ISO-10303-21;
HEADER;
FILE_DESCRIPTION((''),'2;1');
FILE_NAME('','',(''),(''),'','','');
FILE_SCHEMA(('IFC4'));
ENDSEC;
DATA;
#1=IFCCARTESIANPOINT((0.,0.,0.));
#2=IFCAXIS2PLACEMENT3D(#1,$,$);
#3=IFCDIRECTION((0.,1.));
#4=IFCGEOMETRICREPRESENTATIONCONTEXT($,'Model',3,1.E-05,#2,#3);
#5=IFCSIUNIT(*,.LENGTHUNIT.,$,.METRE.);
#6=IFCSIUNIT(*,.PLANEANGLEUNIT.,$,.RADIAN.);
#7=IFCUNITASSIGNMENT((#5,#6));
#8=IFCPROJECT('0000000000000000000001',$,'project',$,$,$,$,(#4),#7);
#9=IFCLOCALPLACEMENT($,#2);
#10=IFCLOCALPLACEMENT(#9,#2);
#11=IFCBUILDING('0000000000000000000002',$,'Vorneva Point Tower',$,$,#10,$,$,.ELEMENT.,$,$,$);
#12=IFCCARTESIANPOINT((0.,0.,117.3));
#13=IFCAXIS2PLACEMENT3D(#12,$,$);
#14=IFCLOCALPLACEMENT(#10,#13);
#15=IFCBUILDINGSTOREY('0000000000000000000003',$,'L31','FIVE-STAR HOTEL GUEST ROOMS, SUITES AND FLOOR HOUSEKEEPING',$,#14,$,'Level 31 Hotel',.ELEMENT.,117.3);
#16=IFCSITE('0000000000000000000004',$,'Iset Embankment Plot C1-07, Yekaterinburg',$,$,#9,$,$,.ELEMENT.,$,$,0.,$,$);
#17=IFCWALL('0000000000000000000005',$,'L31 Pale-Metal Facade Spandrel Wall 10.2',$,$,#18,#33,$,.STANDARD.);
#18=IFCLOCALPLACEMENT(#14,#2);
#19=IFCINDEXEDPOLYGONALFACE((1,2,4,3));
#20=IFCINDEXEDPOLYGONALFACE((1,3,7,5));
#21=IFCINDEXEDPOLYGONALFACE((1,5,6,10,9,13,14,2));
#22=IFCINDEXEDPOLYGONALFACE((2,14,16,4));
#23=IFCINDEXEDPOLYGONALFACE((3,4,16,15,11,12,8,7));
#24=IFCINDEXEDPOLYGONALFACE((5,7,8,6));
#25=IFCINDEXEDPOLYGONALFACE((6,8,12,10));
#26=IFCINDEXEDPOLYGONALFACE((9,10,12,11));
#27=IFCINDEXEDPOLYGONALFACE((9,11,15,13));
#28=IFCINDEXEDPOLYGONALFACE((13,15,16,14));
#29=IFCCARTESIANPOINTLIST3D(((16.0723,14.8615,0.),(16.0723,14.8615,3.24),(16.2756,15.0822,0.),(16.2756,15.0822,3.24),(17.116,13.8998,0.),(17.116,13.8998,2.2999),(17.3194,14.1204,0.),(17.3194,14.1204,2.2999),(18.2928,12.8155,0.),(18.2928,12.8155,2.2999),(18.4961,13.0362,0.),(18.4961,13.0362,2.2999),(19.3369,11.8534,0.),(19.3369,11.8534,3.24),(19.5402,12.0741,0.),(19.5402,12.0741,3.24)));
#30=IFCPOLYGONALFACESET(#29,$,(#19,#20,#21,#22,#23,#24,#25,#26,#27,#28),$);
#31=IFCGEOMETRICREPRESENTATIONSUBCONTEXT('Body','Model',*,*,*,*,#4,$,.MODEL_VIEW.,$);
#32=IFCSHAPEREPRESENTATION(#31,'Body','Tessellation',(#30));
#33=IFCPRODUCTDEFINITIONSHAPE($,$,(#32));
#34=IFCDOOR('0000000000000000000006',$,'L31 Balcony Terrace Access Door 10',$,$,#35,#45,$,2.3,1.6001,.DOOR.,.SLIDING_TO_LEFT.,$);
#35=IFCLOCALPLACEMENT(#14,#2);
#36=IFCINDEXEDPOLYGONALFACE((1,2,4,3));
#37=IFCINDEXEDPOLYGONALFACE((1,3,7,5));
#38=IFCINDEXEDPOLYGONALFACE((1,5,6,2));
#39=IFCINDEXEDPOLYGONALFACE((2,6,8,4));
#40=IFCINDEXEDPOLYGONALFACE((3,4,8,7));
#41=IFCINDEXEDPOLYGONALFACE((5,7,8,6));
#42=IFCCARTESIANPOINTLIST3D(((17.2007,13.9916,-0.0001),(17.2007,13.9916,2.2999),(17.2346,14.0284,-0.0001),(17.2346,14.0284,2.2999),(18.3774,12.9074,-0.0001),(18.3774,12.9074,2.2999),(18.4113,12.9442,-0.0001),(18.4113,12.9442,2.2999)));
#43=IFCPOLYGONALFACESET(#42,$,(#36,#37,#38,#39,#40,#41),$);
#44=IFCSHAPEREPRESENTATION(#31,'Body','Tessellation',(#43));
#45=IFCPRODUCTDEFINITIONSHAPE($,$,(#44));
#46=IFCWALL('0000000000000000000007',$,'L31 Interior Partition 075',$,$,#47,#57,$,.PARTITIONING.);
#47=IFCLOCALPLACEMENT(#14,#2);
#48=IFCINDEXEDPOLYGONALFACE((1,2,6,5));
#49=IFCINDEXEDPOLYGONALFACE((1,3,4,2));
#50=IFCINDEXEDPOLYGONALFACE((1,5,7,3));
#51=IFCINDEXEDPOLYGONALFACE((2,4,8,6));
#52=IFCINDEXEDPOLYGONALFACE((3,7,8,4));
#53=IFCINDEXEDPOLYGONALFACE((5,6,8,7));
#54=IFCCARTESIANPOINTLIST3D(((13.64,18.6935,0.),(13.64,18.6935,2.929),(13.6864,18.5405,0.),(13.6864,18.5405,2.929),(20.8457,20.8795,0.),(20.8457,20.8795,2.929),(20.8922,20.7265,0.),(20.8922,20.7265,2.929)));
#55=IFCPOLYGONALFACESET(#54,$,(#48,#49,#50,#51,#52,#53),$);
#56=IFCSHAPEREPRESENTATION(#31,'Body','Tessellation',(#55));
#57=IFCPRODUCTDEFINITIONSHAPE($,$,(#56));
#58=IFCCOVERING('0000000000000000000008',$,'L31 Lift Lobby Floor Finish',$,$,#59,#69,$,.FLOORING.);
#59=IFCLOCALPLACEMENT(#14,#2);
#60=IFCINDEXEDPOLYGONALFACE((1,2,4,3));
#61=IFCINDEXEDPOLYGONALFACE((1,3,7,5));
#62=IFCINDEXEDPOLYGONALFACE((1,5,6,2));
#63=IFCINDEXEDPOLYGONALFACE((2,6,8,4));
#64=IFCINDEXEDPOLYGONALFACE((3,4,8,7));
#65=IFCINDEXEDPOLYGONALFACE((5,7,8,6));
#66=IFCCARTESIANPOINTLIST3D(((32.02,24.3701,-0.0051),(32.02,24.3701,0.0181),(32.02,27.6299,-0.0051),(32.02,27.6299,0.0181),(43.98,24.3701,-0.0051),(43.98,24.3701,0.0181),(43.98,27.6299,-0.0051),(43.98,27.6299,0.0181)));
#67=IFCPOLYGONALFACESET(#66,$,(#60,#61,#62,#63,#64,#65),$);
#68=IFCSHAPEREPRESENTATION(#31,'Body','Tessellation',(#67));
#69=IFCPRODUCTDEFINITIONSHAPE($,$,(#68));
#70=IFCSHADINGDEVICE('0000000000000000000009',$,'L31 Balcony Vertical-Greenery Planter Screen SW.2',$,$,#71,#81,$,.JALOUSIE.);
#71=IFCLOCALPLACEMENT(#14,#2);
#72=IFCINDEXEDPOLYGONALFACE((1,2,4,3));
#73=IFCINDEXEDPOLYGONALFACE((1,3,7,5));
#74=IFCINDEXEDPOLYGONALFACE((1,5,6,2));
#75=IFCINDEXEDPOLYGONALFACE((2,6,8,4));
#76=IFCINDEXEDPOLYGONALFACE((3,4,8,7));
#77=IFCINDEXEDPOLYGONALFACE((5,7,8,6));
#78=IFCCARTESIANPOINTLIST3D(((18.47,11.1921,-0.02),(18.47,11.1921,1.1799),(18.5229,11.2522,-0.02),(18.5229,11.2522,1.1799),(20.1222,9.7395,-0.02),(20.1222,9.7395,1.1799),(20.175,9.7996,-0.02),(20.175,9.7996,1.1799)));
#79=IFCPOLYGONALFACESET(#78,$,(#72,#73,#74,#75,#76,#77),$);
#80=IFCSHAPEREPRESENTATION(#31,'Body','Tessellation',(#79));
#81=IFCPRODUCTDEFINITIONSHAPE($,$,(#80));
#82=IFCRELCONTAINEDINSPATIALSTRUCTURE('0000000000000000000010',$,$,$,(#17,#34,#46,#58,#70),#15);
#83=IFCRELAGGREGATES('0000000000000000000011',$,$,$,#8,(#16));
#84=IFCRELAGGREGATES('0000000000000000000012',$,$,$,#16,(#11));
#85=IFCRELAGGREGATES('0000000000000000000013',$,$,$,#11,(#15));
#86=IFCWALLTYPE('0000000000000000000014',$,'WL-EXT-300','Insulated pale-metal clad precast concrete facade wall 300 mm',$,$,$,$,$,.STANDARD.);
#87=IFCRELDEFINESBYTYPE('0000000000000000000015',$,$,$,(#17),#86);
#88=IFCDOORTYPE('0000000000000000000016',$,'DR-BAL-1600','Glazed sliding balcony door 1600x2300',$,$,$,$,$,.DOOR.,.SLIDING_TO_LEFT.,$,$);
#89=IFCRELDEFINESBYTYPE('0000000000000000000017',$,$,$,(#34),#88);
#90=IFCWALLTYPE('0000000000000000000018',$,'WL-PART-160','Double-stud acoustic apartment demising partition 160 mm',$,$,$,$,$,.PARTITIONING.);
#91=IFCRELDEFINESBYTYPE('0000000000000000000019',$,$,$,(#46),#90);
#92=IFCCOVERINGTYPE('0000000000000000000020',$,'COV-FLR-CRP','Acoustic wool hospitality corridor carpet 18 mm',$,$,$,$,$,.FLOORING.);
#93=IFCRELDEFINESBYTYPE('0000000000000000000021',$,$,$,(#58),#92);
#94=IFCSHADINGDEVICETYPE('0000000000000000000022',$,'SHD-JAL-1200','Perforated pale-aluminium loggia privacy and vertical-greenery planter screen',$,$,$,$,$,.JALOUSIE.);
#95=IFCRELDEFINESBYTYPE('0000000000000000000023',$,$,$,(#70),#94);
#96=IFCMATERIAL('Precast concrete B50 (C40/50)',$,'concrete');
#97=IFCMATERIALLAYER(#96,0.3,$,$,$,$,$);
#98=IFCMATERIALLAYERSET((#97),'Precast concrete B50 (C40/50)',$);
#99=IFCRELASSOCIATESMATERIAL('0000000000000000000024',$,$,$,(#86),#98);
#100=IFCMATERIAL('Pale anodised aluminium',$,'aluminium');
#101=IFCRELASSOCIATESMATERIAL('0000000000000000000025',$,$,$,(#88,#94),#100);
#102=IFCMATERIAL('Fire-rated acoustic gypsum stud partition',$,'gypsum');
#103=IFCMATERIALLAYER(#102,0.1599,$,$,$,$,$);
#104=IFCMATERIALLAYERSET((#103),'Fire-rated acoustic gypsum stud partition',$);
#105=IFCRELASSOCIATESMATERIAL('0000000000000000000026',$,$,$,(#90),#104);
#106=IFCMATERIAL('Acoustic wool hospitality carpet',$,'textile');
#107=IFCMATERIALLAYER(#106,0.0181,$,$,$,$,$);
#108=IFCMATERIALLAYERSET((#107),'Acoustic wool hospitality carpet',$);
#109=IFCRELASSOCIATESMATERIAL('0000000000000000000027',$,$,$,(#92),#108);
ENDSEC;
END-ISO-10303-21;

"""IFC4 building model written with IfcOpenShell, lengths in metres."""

from ifc_helpers import new_model, si_unit, direction, frame, frame_2d, origin, origin_2d, place, context, subcontext, project, spatial, polyline, rectangle, outline, extrude, material, layer, layer_set, type_object, element, fill, save


model = new_model("IFC4")

# Units and contexts
model_context = context("Model", 3, precision=1e-05, world=origin(), true_north=direction((0.0, 1.0)))
body_context = subcontext(model_context, "Body", "Model", "MODEL_VIEW")
ifc_project = project(units=[si_unit("LENGTHUNIT", "METRE"), si_unit("PLANEANGLEUNIT", "RADIAN")], contexts=[model_context])

# Site, building, storey
site_placement = place(None, origin())
site = spatial("IfcSite", under=ifc_project, at=site_placement, Name="Iset Embankment Plot C1-07, Yekaterinburg", CompositionType="ELEMENT", RefElevation=0.0)
building_placement = place(site_placement, origin())
building = spatial("IfcBuilding", under=site, at=building_placement, Name="Vorneva Point Tower", CompositionType="ELEMENT")
storey_placement = place(building_placement, frame((0.0, 0.0, 117.3)))
storey = spatial("IfcBuildingStorey", under=building, at=storey_placement, Name="L31", Description="FIVE-STAR HOTEL GUEST ROOMS, SUITES AND FLOOR HOUSEKEEPING", LongName="Level 31 Hotel", CompositionType="ELEMENT", Elevation=117.3)

# Shared definitions
ifc_material_1 = material(Name="Pale anodised aluminium", Category="aluminium")

# Shared definitions
ifc_material_2 = material(Name="Precast concrete B50 (C40/50)", Category="concrete")
ifc_layer_1 = layer(ifc_material_2, 0.3)
ifc_layer_set_1 = layer_set([ifc_layer_1], Name="Precast concrete B50 (C40/50)")
wall_type_1 = type_object("IfcWallType", Name="WL-EXT-300", Description="Insulated pale-metal clad precast concrete facade wall 300 mm", PredefinedType="STANDARD", material=ifc_layer_set_1)

# Wall, opening, door
wall_1_placement = place(storey_placement, frame((16.1738, 14.9719, 0.0), z_axis=(0.0, 0.0, 1.0), x_axis=(0.735417, -0.677615, 0.0)))
wall_1 = element("IfcWall", 1, at=wall_1_placement, inside=storey, type_object=wall_type_1, Name="L31 Pale-Metal Facade Spandrel Wall 10.2", PredefinedType="STANDARD", context=body_context, shape_type="SweptSolid", body=[
    extrude(rectangle(XDim=4.4392, YDim=0.3, at=frame_2d((2.2197, 0.0))), origin(), (0.0, 0.0, 1.0), 3.24),
])
opening_1_placement = place(wall_1_placement, frame((1.4194, 0.0, 0.0)))
opening_1 = element("IfcOpeningElement", 2, at=opening_1_placement, cuts=wall_1, PredefinedType="OPENING", context=body_context, shape_type="SweptSolid", body=[
    extrude(rectangle(XDim=1.6001, YDim=2.3, at=frame_2d((0.8, 1.1499))), frame((0.0, 0.165, 0.0), z_axis=(0.0, -1.0, 0.0), x_axis=(1.0, 0.0, 0.0)), (0.0, 0.0, 1.0), 0.3298),
])
door_type = type_object("IfcDoorType", Name="DR-BAL-1600", Description="Glazed sliding balcony door 1600x2300", OperationType="SLIDING_TO_LEFT", PredefinedType="DOOR", material=ifc_material_1)
door_placement = place(opening_1_placement, origin())
door = element("IfcDoor", 3, at=door_placement, inside=storey, type_object=door_type, Name="L31 Balcony Terrace Access Door 10", OperationType="SLIDING_TO_LEFT", OverallHeight=2.3, OverallWidth=1.6001, PredefinedType="DOOR", context=body_context, shape_type="SweptSolid", body=[
    extrude(rectangle(XDim=1.6001, YDim=2.3, at=frame_2d((0.8, 1.1499))), frame((0.0, 0.0249, 0.0), z_axis=(0.0, -1.0, 0.0), x_axis=(1.0, 0.0, 0.0)), (0.0, 0.0, 1.0), 0.05),
])
fill(opening_1, door)

# Wall
ifc_material_3 = material(Name="Fire-rated acoustic gypsum stud partition", Category="gypsum")
ifc_layer_2 = layer(ifc_material_3, 0.1599)
ifc_layer_set_2 = layer_set([ifc_layer_2], Name="Fire-rated acoustic gypsum stud partition")
wall_type_2 = type_object("IfcWallType", Name="WL-PART-160", Description="Double-stud acoustic apartment demising partition 160 mm", PredefinedType="PARTITIONING", material=ifc_layer_set_2)
wall_2_placement = place(storey_placement, frame((13.6631, 18.6169, 0.0), z_axis=(0.0, 0.0, 1.0), x_axis=(0.956934, 0.290306, 0.0)))
element("IfcWall", 4, at=wall_2_placement, inside=storey, type_object=wall_type_2, Name="L31 Interior Partition 075", PredefinedType="PARTITIONING", context=body_context, shape_type="SweptSolid", body=[
    extrude(rectangle(XDim=7.53, YDim=0.1599, at=frame_2d((3.7651, 0.0))), origin(), (0.0, 0.0, 1.0), 2.929),
])

# Covering
ifc_material_4 = material(Name="Acoustic wool hospitality carpet", Category="textile")
ifc_layer_3 = layer(ifc_material_4, 0.0181)
ifc_layer_set_3 = layer_set([ifc_layer_3], Name="Acoustic wool hospitality carpet")
covering_type = type_object("IfcCoveringType", Name="COV-FLR-CRP", Description="Acoustic wool hospitality corridor carpet 18 mm", PredefinedType="FLOORING", material=ifc_layer_set_3)
covering_placement = place(storey_placement, frame((0.0, 0.0, -0.0051)))
element("IfcCovering", 5, at=covering_placement, inside=storey, type_object=covering_type, Name="L31 Lift Lobby Floor Finish", PredefinedType="FLOORING", context=body_context, shape_type="SweptSolid", body=[
    extrude(outline(polyline([(32.02, 24.3701), (43.98, 24.3701), (43.98, 27.6299), (32.02, 27.6299), (32.02, 24.3701)])), origin(), (0.0, 0.0, 1.0), 0.0232),
])

# Shading device
shading_device_type = type_object("IfcShadingDeviceType", Name="SHD-JAL-1200", Description="Perforated pale-aluminium loggia privacy and vertical-greenery planter screen", PredefinedType="JALOUSIE", material=ifc_material_1)
shading_device_placement = place(storey_placement, frame((19.3225, 10.4958, -0.02), z_axis=(0.0, 0.0, 1.0), x_axis=(0.750999, -0.660303, 0.0)))
element("IfcShadingDevice", 6, at=shading_device_placement, inside=storey, type_object=shading_device_type, Name="L31 Balcony Vertical-Greenery Planter Screen SW.2", PredefinedType="JALOUSIE", context=body_context, shape_type="SweptSolid", body=[
    extrude(rectangle(XDim=2.2, YDim=0.0801, at=origin_2d()), origin(), (0.0, 0.0, 1.0), 1.2),
])

save(model, "model.ifc")
